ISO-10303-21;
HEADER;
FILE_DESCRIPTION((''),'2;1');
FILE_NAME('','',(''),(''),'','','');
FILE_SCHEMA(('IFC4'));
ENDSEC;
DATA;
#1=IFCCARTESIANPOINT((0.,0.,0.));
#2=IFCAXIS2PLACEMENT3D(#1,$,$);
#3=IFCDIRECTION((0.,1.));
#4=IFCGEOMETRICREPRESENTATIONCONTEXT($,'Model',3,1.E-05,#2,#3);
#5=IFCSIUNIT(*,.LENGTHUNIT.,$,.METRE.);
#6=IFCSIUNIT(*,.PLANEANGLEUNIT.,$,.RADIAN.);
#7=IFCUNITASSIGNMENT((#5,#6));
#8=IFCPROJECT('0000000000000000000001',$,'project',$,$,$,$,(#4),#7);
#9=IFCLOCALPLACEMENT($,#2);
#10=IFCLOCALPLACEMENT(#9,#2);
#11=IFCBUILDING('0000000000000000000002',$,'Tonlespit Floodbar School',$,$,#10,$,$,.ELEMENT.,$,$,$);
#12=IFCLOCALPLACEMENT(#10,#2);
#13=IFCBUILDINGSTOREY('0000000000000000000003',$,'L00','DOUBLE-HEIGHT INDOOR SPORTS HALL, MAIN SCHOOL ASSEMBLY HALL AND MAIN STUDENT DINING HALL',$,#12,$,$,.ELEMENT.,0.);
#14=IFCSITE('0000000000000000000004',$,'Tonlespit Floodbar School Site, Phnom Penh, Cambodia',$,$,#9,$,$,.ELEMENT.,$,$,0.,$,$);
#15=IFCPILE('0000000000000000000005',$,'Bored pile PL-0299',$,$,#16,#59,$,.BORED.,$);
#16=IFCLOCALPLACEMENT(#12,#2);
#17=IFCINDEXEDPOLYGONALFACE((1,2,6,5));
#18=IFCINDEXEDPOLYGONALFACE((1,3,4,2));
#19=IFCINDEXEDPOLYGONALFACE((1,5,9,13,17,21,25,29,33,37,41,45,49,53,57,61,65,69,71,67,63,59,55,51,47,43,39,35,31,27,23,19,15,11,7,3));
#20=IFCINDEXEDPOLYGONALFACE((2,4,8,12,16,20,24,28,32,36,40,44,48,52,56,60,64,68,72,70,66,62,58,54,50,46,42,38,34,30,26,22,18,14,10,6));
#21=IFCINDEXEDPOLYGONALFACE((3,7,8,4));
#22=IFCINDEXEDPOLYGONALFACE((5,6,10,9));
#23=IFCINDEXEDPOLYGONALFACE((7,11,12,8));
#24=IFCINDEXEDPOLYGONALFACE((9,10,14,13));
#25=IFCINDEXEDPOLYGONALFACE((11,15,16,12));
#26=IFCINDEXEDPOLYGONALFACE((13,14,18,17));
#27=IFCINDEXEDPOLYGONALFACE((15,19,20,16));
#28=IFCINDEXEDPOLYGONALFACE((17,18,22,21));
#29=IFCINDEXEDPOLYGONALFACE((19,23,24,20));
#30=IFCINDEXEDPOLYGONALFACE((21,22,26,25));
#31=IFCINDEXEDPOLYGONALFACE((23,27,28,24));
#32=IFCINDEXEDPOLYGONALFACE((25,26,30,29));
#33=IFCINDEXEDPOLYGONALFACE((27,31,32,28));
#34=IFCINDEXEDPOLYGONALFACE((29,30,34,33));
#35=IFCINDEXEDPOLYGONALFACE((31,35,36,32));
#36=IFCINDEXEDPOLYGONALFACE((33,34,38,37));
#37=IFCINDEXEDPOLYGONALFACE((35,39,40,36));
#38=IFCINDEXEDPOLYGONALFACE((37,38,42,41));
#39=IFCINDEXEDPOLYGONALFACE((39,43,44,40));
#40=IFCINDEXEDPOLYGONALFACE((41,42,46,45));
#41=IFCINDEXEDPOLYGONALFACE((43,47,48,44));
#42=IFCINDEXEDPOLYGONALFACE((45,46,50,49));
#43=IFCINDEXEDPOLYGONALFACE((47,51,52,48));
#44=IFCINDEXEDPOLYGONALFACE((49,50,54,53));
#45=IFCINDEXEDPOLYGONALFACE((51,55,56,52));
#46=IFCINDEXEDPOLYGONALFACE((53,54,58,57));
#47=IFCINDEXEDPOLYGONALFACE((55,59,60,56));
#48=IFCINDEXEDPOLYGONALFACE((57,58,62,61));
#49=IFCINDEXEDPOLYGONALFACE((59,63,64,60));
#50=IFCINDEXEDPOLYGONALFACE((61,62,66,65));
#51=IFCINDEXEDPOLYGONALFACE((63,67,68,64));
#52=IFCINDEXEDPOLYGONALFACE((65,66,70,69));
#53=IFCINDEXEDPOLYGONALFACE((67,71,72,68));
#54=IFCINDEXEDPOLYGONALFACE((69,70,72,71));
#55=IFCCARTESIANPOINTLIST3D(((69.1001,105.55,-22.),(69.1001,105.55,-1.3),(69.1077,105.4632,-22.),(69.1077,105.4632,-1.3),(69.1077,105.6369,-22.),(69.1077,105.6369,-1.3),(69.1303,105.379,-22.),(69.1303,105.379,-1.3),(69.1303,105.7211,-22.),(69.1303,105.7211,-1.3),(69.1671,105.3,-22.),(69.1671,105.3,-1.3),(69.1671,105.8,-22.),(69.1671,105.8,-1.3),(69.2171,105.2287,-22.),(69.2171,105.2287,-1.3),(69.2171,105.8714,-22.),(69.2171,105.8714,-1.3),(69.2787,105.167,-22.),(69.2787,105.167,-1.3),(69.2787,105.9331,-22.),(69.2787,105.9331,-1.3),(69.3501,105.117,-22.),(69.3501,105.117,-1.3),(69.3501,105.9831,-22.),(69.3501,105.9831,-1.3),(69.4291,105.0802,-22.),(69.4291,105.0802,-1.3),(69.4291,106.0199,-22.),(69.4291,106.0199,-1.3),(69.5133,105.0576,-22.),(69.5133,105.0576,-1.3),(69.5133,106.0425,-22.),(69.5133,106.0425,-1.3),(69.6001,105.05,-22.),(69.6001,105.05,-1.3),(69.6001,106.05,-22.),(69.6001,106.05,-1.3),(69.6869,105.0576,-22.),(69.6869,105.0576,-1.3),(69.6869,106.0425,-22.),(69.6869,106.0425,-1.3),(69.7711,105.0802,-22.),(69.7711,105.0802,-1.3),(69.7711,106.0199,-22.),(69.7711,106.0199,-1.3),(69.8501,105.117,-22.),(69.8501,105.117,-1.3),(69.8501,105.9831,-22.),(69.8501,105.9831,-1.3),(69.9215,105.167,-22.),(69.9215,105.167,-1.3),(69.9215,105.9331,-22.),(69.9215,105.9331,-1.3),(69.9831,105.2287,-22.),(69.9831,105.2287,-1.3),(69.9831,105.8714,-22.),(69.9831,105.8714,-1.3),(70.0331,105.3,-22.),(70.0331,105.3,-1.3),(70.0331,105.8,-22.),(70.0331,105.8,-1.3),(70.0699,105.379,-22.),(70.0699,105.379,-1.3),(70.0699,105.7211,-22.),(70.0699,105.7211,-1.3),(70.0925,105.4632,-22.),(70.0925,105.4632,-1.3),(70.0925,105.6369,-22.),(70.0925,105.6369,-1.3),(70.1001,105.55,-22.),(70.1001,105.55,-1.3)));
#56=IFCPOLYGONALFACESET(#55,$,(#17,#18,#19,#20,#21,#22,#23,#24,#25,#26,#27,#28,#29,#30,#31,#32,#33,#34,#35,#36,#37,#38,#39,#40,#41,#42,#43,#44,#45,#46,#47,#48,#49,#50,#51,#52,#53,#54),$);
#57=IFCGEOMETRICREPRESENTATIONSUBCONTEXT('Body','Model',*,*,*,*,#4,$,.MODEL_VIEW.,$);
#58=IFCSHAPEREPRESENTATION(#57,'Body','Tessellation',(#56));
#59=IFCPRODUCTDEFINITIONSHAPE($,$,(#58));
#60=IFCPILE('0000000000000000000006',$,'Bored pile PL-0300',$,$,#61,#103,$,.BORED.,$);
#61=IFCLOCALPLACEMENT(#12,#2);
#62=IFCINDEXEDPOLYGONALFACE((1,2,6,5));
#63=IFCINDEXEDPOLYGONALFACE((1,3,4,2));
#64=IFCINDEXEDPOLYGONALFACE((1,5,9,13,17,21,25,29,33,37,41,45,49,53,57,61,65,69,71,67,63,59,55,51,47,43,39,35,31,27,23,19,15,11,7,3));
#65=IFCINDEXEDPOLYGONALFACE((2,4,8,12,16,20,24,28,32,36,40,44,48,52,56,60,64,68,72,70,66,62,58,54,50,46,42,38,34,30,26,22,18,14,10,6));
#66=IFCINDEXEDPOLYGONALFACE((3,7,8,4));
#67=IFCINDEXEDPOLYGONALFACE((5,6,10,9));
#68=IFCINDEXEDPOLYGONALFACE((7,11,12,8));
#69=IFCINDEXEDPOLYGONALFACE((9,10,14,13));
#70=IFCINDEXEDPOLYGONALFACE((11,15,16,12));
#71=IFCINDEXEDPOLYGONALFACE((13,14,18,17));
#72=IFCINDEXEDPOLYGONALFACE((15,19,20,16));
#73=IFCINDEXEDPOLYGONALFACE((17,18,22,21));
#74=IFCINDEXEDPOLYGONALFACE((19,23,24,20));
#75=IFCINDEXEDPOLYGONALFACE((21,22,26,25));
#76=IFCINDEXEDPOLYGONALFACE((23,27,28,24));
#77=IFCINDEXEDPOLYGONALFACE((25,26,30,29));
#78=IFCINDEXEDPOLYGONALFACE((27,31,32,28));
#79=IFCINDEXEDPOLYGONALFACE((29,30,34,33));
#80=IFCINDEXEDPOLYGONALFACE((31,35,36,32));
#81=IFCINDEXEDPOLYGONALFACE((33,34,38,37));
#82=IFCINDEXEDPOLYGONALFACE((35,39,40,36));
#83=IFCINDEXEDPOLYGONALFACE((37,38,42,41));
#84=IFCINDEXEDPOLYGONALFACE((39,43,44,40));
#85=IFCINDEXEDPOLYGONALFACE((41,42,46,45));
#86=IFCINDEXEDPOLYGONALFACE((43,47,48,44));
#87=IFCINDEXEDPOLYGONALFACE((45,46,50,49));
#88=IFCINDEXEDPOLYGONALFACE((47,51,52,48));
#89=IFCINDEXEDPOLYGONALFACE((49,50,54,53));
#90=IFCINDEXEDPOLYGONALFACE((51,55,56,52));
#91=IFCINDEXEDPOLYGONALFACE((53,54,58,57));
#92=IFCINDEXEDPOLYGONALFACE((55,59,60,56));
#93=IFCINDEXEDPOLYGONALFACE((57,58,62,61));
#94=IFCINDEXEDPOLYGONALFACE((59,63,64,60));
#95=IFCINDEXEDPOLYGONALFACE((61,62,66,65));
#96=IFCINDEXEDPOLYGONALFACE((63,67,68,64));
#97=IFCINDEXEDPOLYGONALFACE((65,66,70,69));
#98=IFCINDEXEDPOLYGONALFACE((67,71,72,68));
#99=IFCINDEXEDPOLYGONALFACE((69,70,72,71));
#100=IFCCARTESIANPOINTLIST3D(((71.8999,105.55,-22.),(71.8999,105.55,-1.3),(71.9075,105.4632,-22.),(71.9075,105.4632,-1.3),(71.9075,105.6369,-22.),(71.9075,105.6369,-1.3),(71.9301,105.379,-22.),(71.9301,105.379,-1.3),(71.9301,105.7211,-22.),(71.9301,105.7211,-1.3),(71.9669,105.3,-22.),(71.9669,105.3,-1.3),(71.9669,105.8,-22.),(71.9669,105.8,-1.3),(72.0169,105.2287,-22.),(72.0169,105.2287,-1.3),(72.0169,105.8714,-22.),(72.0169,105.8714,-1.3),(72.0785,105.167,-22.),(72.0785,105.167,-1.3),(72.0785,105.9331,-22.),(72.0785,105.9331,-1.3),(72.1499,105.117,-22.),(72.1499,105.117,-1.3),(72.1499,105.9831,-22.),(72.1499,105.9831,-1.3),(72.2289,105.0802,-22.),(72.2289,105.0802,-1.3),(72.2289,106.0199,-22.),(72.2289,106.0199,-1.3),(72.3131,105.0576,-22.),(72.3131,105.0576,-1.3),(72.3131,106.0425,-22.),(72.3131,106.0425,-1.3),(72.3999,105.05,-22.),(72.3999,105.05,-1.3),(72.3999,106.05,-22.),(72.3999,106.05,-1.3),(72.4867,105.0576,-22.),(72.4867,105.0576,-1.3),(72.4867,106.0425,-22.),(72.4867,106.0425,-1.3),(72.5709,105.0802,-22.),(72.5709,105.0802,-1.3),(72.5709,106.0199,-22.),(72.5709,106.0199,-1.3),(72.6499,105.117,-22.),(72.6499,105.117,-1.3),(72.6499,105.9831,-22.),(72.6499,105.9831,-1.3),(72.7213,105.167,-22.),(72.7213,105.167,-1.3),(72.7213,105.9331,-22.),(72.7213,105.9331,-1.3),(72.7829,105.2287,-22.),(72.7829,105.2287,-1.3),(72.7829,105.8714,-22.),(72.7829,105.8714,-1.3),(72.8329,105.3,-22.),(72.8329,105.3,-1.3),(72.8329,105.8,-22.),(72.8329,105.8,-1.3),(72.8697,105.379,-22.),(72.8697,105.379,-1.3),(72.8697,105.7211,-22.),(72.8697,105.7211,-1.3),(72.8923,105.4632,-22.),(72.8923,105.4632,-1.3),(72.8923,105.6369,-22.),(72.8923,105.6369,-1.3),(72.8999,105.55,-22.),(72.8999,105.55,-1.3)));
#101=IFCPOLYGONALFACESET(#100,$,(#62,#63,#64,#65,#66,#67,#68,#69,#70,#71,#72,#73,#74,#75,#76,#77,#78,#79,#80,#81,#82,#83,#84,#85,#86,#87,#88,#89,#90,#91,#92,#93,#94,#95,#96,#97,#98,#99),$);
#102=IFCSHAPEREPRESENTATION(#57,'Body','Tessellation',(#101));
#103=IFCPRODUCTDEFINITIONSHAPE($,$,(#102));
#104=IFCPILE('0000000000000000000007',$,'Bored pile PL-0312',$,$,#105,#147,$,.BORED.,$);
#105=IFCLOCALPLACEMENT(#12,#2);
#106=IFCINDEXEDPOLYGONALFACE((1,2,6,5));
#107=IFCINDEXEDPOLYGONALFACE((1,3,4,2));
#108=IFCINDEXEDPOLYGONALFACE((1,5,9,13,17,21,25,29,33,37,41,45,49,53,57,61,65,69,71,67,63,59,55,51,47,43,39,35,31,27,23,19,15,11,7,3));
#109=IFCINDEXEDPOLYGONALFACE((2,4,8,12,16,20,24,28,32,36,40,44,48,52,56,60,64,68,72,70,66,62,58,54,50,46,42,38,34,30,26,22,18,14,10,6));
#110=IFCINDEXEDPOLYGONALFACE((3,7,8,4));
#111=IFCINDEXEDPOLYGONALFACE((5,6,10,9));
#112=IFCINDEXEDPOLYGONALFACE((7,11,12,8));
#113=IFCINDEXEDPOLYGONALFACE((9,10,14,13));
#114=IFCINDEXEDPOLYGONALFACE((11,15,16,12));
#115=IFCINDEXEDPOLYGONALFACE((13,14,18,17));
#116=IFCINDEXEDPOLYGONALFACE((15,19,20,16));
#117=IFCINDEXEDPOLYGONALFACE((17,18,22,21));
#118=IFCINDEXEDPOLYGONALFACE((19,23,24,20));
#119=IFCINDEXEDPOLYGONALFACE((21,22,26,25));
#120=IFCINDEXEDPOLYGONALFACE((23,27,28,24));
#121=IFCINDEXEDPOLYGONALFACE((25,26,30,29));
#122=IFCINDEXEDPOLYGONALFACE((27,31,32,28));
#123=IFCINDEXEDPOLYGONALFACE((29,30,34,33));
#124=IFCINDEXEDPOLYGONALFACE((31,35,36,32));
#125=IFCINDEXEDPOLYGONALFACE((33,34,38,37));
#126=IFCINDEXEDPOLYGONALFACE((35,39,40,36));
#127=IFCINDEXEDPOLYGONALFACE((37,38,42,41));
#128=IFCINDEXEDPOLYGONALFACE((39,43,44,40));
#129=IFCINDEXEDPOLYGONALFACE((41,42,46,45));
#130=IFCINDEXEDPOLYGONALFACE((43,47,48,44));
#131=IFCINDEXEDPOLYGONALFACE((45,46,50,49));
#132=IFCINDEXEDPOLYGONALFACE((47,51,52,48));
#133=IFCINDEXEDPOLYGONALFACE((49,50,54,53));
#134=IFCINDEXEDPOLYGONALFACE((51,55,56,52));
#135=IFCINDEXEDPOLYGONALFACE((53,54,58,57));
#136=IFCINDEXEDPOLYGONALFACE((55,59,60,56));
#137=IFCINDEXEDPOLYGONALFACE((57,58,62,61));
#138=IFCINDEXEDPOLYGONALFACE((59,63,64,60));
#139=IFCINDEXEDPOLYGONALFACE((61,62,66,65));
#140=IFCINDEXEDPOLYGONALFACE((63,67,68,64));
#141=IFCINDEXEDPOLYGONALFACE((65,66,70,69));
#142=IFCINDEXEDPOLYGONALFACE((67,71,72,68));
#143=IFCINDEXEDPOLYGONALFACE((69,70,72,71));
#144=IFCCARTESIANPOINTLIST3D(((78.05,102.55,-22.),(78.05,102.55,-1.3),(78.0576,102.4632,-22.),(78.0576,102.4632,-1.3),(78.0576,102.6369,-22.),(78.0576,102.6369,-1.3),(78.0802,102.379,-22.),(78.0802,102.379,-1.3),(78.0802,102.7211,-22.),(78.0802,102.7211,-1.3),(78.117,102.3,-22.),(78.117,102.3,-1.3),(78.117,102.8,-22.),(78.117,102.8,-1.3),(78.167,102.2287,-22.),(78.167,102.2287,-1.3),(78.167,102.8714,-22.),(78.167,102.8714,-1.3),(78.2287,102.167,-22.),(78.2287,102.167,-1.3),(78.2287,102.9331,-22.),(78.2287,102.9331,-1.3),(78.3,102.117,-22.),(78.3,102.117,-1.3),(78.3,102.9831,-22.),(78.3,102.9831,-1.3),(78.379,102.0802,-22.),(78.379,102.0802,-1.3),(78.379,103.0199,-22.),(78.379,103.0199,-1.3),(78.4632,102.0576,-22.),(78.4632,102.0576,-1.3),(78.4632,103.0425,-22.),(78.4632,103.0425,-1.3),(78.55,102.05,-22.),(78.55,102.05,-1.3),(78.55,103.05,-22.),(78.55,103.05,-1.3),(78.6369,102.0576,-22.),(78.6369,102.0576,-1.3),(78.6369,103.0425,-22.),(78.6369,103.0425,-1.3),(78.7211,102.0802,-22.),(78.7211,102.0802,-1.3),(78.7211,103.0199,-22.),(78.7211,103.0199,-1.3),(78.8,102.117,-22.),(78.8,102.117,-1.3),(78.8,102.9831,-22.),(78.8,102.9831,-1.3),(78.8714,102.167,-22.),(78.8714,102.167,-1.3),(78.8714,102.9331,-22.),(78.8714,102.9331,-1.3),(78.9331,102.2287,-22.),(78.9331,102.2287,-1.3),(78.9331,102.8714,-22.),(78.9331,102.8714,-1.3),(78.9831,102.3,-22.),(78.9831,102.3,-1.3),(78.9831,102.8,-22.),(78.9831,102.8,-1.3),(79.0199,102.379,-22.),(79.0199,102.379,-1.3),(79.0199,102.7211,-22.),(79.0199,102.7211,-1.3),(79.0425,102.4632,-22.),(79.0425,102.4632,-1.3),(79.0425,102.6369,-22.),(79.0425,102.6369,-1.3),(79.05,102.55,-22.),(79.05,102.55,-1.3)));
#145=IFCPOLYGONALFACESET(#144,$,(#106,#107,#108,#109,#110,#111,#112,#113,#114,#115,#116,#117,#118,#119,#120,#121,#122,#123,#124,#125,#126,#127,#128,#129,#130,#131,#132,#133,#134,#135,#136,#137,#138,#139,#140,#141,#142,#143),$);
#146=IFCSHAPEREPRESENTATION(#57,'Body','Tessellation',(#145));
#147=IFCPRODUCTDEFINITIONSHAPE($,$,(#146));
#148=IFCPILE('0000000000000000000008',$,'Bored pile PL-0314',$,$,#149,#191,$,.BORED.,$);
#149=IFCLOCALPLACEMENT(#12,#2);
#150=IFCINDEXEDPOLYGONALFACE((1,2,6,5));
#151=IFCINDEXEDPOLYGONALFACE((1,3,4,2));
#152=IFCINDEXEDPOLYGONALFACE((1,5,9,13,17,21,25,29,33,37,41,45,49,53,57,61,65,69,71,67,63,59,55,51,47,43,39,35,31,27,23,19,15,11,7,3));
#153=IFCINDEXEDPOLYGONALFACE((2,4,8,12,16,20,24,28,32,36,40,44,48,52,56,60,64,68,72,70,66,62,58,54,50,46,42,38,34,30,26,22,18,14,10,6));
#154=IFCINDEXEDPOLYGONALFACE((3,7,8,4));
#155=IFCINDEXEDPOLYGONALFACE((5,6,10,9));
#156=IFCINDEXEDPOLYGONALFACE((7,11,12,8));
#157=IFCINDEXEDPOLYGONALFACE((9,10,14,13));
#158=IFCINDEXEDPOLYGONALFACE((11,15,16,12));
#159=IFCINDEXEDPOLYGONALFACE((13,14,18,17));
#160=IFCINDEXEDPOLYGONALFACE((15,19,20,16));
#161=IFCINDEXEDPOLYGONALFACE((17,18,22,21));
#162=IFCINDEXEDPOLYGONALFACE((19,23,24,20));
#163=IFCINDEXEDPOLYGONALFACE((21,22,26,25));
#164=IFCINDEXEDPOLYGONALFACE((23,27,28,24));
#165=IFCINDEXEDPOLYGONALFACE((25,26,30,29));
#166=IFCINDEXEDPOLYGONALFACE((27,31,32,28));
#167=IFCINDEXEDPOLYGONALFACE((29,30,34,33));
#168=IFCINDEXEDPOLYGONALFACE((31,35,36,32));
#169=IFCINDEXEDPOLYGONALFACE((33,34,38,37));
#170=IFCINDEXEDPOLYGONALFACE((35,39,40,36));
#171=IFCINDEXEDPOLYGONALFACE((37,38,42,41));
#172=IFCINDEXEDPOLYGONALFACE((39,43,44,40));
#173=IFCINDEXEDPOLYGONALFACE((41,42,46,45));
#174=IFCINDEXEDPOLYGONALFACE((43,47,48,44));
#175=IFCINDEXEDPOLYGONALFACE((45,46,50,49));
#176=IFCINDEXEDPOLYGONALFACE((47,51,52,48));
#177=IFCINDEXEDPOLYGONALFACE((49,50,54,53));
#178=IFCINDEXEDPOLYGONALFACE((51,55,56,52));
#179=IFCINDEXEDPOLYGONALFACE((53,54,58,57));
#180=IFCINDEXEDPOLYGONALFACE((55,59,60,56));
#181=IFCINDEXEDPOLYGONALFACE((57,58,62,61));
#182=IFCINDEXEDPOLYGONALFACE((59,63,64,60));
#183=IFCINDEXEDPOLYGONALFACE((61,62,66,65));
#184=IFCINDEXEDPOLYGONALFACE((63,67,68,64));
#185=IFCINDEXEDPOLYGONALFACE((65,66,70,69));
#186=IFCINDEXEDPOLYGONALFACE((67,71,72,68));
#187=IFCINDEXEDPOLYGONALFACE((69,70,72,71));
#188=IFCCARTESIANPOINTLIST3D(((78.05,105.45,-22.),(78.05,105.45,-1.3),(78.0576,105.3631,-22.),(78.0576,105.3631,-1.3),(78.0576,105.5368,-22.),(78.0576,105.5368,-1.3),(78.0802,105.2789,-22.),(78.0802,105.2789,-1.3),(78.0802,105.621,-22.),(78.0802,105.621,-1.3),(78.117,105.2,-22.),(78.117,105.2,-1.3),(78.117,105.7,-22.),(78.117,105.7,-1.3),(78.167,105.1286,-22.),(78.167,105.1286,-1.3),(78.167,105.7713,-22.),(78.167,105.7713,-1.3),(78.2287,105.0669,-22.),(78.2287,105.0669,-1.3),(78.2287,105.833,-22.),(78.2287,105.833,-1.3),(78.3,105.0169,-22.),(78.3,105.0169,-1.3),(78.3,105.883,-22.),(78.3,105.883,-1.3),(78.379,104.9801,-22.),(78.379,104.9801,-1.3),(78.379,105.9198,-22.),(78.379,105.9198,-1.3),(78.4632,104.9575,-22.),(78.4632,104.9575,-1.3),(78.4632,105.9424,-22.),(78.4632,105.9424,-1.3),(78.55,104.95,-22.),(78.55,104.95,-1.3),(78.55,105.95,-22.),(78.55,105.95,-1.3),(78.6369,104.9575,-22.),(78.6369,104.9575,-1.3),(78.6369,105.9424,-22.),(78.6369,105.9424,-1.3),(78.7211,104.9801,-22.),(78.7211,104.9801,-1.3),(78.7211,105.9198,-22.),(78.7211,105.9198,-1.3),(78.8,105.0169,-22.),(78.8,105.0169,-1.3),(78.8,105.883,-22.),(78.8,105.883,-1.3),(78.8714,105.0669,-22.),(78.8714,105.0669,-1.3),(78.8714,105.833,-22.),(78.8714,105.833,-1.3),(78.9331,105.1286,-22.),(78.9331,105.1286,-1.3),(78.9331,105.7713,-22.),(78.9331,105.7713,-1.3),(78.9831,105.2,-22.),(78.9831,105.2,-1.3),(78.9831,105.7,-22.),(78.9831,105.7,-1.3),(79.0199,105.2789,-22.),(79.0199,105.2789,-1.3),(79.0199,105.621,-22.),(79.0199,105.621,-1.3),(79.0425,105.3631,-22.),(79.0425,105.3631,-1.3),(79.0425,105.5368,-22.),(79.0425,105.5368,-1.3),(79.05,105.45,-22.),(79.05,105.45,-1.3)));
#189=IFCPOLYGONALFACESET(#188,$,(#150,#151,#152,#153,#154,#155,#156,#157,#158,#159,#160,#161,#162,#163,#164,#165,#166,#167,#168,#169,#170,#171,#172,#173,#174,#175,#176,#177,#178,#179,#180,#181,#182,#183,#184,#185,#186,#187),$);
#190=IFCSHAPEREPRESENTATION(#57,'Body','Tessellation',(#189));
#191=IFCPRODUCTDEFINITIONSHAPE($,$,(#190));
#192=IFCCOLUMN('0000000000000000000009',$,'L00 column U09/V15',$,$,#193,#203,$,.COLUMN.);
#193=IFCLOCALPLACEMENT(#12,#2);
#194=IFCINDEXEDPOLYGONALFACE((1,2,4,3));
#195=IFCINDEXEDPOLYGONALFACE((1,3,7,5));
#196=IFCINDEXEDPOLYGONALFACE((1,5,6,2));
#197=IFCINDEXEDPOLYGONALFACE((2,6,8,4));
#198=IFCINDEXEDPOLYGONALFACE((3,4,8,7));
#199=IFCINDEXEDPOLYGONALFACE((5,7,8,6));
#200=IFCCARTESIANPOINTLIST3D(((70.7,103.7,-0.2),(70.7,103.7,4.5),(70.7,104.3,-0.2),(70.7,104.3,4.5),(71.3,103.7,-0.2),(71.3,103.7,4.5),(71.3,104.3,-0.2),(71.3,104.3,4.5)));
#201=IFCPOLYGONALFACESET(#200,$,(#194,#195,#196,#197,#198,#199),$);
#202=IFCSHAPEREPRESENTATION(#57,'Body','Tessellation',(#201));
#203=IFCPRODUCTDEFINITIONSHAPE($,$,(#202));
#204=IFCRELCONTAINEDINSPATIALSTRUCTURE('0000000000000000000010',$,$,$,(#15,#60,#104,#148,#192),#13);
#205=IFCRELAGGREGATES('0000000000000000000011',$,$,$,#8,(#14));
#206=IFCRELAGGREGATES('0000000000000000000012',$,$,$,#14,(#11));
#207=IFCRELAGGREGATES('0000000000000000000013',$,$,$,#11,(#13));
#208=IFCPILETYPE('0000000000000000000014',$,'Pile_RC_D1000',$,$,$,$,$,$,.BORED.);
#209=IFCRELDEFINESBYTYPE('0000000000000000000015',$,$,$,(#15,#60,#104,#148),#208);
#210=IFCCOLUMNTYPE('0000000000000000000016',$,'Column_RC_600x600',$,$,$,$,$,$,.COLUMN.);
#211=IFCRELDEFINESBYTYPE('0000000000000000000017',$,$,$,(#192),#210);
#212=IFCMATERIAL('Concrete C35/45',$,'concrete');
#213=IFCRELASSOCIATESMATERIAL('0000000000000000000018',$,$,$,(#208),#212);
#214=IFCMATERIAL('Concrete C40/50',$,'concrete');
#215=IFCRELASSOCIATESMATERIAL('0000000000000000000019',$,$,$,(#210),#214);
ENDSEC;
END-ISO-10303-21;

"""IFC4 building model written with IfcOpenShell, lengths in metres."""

from ifc_helpers import new_model, si_unit, direction, frame, origin, origin_2d, place, context, subcontext, project, spatial, rectangle, circle, extrude, material, material_profile, profile_set, type_object, element, save


model = new_model("IFC4")

# Units and contexts
model_context = context("Model", 3, precision=1e-05, world=origin(), true_north=direction((0.0, 1.0)))
body_context = subcontext(model_context, "Body", "Model", "MODEL_VIEW")
ifc_project = project(units=[si_unit("LENGTHUNIT", "METRE"), si_unit("PLANEANGLEUNIT", "RADIAN")], contexts=[model_context])

# Site, building, storey
site_placement = place(None, origin())
site = spatial("IfcSite", under=ifc_project, at=site_placement, Name="Tonlespit Floodbar School Site, Phnom Penh, Cambodia", CompositionType="ELEMENT", RefElevation=0.0)
building_placement = place(site_placement, origin())
building = spatial("IfcBuilding", under=site, at=building_placement, Name="Tonlespit Floodbar School", CompositionType="ELEMENT")
storey_placement = place(building_placement, origin())
storey = spatial("IfcBuildingStorey", under=building, at=storey_placement, Name="L00", Description="DOUBLE-HEIGHT INDOOR SPORTS HALL, MAIN SCHOOL ASSEMBLY HALL AND MAIN STUDENT DINING HALL", CompositionType="ELEMENT", Elevation=0.0)

# Shared definitions
ifc_material_1 = material(Name="Concrete C40/50", Category="concrete")

# Piles
ifc_material_2 = material(Name="Concrete C35/45", Category="concrete")
ifc_material_profile_1 = material_profile(ifc_material_2, circle(Radius=0.5, at=origin_2d()), Name="BP D1000")
ifc_profile_set_1 = profile_set([ifc_material_profile_1], Name="Concrete C35/45")
pile_type = type_object("IfcPileType", Name="Pile_RC_D1000", PredefinedType="BORED", material=ifc_profile_set_1)
for number, where, z_axis, x_axis, name in (
    (1, (69.6001, 105.55, -1.3), (0.0, 0.0, -1.0), (1.0, 0.0, 0.0), "Bored pile PL-0299"),
    (2, (72.3999, 105.55, -1.3), (0.0, 0.0, -1.0), (1.0, 0.0, 0.0), "Bored pile PL-0300"),
    (3, (78.55, 102.55, -1.3), (0.0, 0.0, -1.0), (1.0, 0.0, 0.0), "Bored pile PL-0312"),
    (4, (78.55, 105.45, -1.3), (0.0, 0.0, -1.0), (1.0, 0.0, 0.0), "Bored pile PL-0314"),
):
    element("IfcPile", number, at=place(storey_placement, frame(where, z_axis=z_axis, x_axis=x_axis)), inside=storey, type_object=pile_type, Name=name, PredefinedType="BORED", context=body_context, shape_type="SweptSolid", body=[
        extrude(circle(Radius=0.5, at=origin_2d()), origin(), (0.0, 0.0, 1.0), 20.7),
    ])

# Column
ifc_material_profile_2 = material_profile(ifc_material_1, rectangle(XDim=0.6001, YDim=0.6001, at=origin_2d()), Name="RC 600x600")
ifc_profile_set_2 = profile_set([ifc_material_profile_2], Name="Concrete C40/50")
column_type = type_object("IfcColumnType", Name="Column_RC_600x600", PredefinedType="COLUMN", material=ifc_profile_set_2)
for number, where, z_axis, x_axis, name in (
    (5, (71.0, 104.0, -0.2), (0.0, 0.0, 1.0), (1.0, 0.0, 0.0), "L00 column U09/V15"),
):
    element("IfcColumn", number, at=place(storey_placement, frame(where, z_axis=z_axis, x_axis=x_axis)), inside=storey, type_object=column_type, Name=name, PredefinedType="COLUMN", context=body_context, shape_type="SweptSolid", body=[
        extrude(rectangle(XDim=0.6001, YDim=0.6001, at=origin_2d()), origin(), (0.0, 0.0, 1.0), 4.7),
    ])

save(model, "model.ifc")
